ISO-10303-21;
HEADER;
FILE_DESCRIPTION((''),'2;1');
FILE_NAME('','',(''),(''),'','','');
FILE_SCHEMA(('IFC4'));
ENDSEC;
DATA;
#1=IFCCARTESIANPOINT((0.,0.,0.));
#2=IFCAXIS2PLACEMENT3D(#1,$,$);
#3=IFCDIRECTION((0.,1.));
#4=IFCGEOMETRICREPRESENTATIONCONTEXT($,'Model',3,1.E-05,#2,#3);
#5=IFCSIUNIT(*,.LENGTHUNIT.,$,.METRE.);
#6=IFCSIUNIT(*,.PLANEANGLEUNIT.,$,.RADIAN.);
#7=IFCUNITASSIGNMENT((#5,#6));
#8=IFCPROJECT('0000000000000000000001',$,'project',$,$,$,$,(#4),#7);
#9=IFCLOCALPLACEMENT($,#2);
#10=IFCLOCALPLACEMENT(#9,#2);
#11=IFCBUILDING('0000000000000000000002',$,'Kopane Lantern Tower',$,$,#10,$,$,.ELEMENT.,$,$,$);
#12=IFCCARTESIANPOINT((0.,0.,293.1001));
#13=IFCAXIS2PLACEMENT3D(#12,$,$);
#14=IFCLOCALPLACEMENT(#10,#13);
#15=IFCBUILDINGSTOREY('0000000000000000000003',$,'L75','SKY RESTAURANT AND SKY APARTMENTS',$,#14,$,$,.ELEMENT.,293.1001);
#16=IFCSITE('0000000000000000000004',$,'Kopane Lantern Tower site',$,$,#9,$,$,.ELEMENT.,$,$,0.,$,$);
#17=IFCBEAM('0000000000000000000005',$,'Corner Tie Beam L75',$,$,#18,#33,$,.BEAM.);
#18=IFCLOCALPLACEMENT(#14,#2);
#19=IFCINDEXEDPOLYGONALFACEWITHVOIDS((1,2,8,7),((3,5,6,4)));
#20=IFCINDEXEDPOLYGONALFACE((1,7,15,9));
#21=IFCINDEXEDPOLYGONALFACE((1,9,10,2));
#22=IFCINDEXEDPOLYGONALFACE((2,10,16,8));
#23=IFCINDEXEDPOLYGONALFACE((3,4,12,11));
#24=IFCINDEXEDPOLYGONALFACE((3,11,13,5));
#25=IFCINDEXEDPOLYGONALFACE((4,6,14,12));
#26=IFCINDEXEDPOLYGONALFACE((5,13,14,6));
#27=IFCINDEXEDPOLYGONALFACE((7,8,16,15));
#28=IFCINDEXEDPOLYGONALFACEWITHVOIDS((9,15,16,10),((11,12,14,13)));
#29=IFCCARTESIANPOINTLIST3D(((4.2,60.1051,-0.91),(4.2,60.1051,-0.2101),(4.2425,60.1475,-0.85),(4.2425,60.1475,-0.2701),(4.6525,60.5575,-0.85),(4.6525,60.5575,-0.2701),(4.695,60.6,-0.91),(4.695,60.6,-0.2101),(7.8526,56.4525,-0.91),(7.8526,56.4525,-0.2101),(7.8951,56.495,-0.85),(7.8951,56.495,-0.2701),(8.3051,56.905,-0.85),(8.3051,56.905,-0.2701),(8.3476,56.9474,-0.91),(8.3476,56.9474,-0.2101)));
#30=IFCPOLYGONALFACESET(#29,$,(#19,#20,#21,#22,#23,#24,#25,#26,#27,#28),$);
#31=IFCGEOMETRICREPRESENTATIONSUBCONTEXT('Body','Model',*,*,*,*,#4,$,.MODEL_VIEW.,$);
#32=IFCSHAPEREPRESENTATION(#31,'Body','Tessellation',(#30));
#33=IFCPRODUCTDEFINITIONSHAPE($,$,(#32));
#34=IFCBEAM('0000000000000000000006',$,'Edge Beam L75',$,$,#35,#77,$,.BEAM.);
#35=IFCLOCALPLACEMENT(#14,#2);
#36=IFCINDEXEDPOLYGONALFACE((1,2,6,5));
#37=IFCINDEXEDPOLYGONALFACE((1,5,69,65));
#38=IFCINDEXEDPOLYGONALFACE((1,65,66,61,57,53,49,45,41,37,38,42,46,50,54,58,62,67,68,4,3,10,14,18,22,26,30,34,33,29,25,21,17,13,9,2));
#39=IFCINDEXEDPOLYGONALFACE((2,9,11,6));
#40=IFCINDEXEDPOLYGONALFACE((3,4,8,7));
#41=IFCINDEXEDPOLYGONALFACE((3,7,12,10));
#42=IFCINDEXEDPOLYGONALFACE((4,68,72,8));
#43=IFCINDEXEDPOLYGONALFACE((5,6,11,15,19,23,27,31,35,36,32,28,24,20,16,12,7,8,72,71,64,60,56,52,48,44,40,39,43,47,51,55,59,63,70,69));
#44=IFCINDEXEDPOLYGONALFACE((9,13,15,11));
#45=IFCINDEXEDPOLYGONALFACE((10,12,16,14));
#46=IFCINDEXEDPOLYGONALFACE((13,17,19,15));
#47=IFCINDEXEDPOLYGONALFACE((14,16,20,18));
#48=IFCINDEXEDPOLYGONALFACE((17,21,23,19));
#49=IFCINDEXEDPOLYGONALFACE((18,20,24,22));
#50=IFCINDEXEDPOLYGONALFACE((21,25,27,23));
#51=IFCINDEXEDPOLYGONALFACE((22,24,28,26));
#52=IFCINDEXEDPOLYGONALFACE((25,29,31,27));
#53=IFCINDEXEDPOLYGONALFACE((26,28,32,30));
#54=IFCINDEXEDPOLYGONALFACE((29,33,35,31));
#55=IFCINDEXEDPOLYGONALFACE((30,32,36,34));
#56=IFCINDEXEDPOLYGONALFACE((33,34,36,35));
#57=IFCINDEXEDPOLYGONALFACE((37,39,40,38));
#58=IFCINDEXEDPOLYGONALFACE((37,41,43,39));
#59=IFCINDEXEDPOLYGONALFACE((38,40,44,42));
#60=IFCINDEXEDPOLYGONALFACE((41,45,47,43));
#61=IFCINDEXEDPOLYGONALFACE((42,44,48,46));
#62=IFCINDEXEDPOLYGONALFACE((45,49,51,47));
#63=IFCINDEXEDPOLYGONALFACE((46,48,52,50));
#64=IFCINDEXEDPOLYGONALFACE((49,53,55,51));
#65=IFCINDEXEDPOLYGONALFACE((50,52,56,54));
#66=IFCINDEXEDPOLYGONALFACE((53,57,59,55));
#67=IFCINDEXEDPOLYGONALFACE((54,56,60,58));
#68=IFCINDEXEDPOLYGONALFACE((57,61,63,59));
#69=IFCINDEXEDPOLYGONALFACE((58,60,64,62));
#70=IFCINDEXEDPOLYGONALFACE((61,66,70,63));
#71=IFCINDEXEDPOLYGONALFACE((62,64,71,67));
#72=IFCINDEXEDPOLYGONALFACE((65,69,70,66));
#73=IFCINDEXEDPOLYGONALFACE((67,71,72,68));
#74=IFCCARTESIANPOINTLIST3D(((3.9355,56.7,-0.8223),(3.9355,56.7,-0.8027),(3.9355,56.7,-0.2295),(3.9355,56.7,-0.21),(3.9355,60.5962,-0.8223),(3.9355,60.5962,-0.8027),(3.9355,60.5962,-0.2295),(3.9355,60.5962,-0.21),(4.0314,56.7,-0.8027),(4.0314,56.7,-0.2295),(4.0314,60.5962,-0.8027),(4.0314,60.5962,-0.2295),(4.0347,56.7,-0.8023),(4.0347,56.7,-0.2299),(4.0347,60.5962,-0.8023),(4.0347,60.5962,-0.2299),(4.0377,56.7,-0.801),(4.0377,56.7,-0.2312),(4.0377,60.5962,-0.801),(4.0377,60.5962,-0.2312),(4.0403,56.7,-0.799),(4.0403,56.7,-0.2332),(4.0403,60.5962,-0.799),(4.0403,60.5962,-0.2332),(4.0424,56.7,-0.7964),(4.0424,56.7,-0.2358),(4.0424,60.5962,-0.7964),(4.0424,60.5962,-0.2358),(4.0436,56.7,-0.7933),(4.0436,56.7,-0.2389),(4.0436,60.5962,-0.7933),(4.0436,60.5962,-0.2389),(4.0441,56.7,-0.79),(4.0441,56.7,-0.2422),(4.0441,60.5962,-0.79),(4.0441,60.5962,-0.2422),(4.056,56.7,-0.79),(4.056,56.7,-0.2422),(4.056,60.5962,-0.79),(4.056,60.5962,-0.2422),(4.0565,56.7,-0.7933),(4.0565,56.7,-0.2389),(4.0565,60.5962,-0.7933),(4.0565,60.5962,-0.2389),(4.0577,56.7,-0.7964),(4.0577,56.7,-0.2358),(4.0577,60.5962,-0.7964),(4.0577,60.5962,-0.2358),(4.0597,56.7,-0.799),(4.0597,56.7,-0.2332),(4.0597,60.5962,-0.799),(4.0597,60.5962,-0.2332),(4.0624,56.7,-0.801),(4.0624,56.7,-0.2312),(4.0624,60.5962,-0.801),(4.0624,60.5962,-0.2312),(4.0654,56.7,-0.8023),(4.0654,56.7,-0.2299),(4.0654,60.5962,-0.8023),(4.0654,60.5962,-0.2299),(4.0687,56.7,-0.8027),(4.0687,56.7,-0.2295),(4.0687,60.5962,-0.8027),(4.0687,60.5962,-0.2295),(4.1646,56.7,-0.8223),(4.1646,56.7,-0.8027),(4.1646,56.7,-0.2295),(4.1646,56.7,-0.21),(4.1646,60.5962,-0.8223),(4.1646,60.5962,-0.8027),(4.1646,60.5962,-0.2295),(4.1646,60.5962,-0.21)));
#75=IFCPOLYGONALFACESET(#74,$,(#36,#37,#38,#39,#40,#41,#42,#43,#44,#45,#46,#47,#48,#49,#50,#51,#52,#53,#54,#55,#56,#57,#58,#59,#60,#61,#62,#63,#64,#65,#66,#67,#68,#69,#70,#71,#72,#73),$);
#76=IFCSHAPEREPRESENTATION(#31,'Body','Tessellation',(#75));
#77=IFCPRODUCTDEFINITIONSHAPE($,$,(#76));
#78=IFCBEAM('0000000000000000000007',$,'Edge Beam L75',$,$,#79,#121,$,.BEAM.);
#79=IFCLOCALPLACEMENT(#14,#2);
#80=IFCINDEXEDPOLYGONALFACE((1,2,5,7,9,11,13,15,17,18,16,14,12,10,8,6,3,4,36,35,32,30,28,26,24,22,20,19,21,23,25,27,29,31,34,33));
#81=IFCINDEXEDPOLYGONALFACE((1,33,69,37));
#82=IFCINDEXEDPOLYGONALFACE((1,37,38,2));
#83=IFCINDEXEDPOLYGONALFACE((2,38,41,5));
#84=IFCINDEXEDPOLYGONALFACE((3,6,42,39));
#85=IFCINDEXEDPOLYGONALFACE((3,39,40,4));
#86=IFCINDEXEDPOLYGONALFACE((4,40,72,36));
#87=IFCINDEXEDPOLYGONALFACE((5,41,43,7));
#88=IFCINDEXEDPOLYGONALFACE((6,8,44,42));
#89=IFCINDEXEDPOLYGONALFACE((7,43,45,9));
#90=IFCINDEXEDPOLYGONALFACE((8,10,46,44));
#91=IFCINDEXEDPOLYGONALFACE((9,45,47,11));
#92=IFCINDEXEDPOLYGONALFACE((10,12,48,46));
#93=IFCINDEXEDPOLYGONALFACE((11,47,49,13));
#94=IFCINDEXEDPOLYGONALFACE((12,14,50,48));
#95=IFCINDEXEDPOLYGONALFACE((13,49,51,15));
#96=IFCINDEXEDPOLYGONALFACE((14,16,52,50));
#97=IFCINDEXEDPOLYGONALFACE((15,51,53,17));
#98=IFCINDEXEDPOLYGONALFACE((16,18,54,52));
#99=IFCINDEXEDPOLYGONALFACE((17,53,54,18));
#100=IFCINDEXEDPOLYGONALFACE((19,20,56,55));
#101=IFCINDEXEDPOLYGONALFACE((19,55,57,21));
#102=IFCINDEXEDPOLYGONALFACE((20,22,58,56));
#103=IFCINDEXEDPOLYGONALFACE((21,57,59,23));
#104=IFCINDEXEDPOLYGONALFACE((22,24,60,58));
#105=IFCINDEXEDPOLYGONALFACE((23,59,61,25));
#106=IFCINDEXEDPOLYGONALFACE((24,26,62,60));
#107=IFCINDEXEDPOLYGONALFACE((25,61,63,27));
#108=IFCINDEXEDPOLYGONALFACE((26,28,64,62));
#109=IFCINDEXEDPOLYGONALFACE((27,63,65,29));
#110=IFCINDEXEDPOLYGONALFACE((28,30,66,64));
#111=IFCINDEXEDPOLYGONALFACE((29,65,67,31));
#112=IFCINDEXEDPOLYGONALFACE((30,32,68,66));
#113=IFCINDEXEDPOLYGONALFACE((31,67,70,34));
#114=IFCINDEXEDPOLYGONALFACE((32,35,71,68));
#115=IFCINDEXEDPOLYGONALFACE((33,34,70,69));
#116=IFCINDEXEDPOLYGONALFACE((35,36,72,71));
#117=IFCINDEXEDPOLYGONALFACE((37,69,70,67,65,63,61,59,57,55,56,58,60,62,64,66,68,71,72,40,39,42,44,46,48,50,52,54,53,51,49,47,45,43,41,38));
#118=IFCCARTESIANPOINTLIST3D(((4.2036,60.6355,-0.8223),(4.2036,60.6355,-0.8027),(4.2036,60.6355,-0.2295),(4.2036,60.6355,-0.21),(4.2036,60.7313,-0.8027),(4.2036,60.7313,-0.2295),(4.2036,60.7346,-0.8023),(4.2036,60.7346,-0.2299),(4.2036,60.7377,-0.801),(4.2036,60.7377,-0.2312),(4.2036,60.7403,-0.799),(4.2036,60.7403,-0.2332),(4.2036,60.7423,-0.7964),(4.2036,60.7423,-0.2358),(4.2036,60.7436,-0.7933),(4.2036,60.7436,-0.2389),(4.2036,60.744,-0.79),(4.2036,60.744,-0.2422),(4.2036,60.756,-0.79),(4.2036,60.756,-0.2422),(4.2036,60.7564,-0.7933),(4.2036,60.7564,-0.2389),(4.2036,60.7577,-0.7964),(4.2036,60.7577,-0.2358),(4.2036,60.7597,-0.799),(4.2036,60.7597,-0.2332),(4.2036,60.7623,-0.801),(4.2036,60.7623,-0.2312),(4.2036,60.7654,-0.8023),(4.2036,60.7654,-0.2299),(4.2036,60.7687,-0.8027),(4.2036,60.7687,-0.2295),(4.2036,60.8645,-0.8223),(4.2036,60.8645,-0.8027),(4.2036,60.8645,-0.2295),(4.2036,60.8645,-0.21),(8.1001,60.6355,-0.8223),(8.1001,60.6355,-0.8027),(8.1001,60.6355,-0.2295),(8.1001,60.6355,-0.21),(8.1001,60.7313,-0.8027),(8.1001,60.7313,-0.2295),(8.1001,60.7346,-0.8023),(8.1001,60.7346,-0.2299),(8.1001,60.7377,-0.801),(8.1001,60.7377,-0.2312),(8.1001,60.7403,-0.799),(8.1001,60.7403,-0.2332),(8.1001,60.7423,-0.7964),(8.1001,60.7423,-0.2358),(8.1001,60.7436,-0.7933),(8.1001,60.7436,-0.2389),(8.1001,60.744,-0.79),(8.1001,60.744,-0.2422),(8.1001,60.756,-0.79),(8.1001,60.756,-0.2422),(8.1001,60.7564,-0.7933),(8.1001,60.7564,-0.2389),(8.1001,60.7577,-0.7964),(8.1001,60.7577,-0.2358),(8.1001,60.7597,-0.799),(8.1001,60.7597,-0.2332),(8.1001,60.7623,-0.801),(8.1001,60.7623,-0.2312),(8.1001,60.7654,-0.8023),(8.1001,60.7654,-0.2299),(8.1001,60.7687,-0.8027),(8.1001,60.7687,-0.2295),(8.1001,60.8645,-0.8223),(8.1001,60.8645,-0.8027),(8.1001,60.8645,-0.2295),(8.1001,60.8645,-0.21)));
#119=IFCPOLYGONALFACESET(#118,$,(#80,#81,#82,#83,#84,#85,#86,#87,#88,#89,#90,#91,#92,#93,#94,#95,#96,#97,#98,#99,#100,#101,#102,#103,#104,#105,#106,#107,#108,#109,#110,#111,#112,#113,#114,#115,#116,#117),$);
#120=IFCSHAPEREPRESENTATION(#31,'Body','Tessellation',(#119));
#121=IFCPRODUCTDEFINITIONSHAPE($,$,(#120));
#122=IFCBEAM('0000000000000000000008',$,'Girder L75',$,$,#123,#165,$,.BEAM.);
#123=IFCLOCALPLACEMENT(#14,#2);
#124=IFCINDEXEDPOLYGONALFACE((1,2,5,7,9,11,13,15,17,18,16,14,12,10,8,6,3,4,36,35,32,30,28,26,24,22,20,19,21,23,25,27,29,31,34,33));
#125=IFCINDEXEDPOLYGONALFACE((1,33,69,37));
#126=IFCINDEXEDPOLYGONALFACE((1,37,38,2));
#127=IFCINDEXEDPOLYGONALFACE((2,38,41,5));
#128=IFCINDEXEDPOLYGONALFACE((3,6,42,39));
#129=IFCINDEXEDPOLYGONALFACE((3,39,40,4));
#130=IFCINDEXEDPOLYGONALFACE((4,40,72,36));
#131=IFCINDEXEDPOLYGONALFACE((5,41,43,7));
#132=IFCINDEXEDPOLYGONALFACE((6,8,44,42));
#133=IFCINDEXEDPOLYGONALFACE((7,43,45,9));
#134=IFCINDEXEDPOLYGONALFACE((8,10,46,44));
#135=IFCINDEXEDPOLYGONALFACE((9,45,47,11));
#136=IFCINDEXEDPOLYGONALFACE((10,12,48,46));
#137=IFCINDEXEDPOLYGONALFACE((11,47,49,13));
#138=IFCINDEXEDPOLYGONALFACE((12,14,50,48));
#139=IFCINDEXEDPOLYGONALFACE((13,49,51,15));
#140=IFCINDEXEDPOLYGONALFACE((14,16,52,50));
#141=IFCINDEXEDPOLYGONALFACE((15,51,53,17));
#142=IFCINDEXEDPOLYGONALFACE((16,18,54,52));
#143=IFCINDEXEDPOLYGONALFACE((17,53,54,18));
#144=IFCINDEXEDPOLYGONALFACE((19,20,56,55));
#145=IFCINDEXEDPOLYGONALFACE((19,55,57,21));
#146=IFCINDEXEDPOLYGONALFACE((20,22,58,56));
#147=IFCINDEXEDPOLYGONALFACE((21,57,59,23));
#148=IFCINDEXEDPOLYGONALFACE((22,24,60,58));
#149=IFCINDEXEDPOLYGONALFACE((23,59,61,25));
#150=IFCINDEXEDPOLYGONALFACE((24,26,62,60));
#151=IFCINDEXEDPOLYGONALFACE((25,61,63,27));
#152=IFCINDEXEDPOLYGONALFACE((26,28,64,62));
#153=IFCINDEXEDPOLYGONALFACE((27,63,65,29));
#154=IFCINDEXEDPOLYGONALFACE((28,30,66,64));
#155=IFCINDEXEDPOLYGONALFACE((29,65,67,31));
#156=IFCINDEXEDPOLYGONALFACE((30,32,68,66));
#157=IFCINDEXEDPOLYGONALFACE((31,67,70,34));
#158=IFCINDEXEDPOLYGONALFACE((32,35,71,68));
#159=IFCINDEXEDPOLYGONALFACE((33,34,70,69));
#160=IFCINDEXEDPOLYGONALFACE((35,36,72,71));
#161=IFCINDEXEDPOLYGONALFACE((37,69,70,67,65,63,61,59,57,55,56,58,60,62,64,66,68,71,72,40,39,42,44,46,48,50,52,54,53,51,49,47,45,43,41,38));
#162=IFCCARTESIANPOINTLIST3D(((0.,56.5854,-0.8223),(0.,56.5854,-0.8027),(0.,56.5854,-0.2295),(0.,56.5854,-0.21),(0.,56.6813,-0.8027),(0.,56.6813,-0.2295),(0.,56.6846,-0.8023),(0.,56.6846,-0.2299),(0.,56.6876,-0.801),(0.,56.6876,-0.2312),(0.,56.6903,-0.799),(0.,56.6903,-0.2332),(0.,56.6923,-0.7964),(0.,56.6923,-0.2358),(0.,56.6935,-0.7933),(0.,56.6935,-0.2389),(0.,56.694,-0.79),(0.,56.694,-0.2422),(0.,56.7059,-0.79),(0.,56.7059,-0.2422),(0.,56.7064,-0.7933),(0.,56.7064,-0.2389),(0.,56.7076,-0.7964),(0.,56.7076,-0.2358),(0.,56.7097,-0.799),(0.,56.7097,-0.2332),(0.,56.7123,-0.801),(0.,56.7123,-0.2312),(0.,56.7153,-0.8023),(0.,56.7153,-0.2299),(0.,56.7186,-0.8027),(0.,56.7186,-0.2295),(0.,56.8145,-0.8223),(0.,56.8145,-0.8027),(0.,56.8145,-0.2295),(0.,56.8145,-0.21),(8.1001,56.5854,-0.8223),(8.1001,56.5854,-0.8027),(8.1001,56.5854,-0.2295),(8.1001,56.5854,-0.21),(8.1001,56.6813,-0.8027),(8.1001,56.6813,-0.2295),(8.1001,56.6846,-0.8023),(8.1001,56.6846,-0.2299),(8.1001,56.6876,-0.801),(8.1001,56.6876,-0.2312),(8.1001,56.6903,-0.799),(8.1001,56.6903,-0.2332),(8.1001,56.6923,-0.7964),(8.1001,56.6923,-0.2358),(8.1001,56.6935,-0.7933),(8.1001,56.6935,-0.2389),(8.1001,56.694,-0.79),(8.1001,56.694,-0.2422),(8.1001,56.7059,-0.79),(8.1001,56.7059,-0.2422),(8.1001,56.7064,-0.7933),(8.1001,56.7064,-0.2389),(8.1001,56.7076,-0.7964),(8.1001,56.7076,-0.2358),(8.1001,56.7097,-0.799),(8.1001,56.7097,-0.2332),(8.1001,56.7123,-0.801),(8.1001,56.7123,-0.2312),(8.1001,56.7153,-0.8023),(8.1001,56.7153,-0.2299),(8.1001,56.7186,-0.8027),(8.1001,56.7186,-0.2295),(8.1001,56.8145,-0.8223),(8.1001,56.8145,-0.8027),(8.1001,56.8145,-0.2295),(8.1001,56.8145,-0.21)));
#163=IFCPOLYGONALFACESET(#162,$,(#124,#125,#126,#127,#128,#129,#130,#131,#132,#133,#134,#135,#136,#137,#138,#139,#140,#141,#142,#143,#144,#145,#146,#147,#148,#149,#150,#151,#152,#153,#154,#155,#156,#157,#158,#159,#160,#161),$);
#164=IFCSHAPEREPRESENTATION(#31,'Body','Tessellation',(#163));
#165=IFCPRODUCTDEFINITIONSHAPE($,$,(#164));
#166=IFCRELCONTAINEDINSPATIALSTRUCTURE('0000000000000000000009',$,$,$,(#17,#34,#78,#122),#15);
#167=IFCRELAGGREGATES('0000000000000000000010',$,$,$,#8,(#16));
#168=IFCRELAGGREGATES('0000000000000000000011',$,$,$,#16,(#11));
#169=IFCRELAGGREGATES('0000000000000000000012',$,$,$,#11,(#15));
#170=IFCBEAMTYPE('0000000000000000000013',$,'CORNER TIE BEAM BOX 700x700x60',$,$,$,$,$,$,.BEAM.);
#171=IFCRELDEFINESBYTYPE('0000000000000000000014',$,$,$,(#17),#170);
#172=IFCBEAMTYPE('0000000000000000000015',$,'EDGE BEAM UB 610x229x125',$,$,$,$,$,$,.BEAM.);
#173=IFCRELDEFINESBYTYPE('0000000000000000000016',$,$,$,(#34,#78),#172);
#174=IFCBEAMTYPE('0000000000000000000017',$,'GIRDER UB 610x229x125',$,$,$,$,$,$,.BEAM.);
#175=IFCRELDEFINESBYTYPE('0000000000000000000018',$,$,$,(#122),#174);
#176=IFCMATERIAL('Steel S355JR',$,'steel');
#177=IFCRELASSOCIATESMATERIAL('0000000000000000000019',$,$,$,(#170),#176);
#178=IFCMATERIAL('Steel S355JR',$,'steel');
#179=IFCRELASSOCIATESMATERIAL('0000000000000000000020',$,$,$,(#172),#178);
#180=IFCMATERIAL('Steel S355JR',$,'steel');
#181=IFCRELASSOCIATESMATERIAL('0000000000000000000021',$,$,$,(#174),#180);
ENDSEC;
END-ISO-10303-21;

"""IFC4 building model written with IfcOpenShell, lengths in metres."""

from ifc_helpers import new_model, si_unit, direction, frame, origin, origin_2d, place, context, subcontext, project, spatial, hollow_rectangle, i_section, extrude, material, material_profile, profile_set, type_object, element, save


model = new_model("IFC4")

# Units and contexts
model_context = context("Model", 3, precision=1e-05, world=origin(), true_north=direction((0.0, 1.0)))
body_context = subcontext(model_context, "Body", "Model", "MODEL_VIEW")
ifc_project = project(units=[si_unit("LENGTHUNIT", "METRE"), si_unit("PLANEANGLEUNIT", "RADIAN")], contexts=[model_context])

# Site, building, storey
site_placement = place(None, origin())
site = spatial("IfcSite", under=ifc_project, at=site_placement, Name="Kopane Lantern Tower site", CompositionType="ELEMENT", RefElevation=0.0)
building_placement = place(site_placement, origin())
building = spatial("IfcBuilding", under=site, at=building_placement, Name="Kopane Lantern Tower", CompositionType="ELEMENT")
storey_placement = place(building_placement, frame((0.0, 0.0, 293.1001)))
storey = spatial("IfcBuildingStorey", under=building, at=storey_placement, Name="L75", Description="SKY RESTAURANT AND SKY APARTMENTS", CompositionType="ELEMENT", Elevation=293.1001)

# Beams
ifc_material_1 = material(Name="Steel S355JR", Category="steel")
ifc_material_profile_1 = material_profile(ifc_material_1, hollow_rectangle(XDim=0.7, YDim=0.7, WallThickness=0.0601, at=origin_2d()), Name="BOX 700x700x60")
ifc_profile_set_1 = profile_set([ifc_material_profile_1], Name="Steel S355JR")
beam_type_1 = type_object("IfcBeamType", Name="CORNER TIE BEAM BOX 700x700x60", PredefinedType="BEAM", material=ifc_profile_set_1)
beam_1_placement = place(storey_placement, frame((4.4475, 60.3525, -0.5601), z_axis=(0.707107, -0.707107, 0.0), x_axis=(0.707107, 0.707107, 0.0)))
element("IfcBeam", 1, at=beam_1_placement, inside=storey, type_object=beam_type_1, Name="Corner Tie Beam L75", PredefinedType="BEAM", context=body_context, shape_type="SweptSolid", body=[
    extrude(hollow_rectangle(XDim=0.7, YDim=0.7, WallThickness=0.0601, at=origin_2d()), origin(), (0.0, 0.0, 1.0), 5.1655),
])
ifc_material_2 = material(Name="Steel S355JR", Category="steel")
ifc_material_profile_2 = material_profile(ifc_material_2, i_section(OverallWidth=0.229, OverallDepth=0.6123, WebThickness=0.012, FlangeThickness=0.0195, FilletRadius=0.0127, at=origin_2d()), Name="UB 610x229x125")
ifc_profile_set_2 = profile_set([ifc_material_profile_2], Name="Steel S355JR")
beam_type_2 = type_object("IfcBeamType", Name="EDGE BEAM UB 610x229x125", PredefinedType="BEAM", material=ifc_profile_set_2)
beam_2_placement = place(storey_placement, frame((4.05, 60.5962, -0.5161), z_axis=(0.0, -1.0, 0.0), x_axis=(1.0, 0.0, 0.0)))
element("IfcBeam", 2, at=beam_2_placement, inside=storey, type_object=beam_type_2, Name="Edge Beam L75", PredefinedType="BEAM", context=body_context, shape_type="SweptSolid", body=[
    extrude(i_section(OverallWidth=0.229, OverallDepth=0.6123, WebThickness=0.012, FlangeThickness=0.0195, FilletRadius=0.0127, at=origin_2d()), origin(), (0.0, 0.0, 1.0), 3.8962),
])
beam_3_placement = place(storey_placement, frame((4.2036, 60.75, -0.5161), z_axis=(1.0, 0.0, 0.0), x_axis=(0.0, 1.0, 0.0)))
element("IfcBeam", 3, at=beam_3_placement, inside=storey, type_object=beam_type_2, Name="Edge Beam L75", PredefinedType="BEAM", context=body_context, shape_type="SweptSolid", body=[
    extrude(i_section(OverallWidth=0.229, OverallDepth=0.6123, WebThickness=0.012, FlangeThickness=0.0195, FilletRadius=0.0127, at=origin_2d()), origin(), (0.0, 0.0, 1.0), 3.8965),
])
ifc_material_3 = material(Name="Steel S355JR", Category="steel")
ifc_material_profile_3 = material_profile(ifc_material_3, i_section(OverallWidth=0.229, OverallDepth=0.6123, WebThickness=0.012, FlangeThickness=0.0195, FilletRadius=0.0127, at=origin_2d()), Name="UB 610x229x125")
ifc_profile_set_3 = profile_set([ifc_material_profile_3], Name="Steel S355JR")
beam_type_3 = type_object("IfcBeamType", Name="GIRDER UB 610x229x125", PredefinedType="BEAM", material=ifc_profile_set_3)
for number, where, z_axis, x_axis, name in (
    (4, (0.0, 56.7, -0.5161), (1.0, 0.0, 0.0), (0.0, 1.0, 0.0), "Girder L75"),
):
    element("IfcBeam", number, at=place(storey_placement, frame(where, z_axis=z_axis, x_axis=x_axis)), inside=storey, type_object=beam_type_3, Name=name, PredefinedType="BEAM", context=body_context, shape_type="SweptSolid", body=[
        extrude(i_section(OverallWidth=0.229, OverallDepth=0.6123, WebThickness=0.012, FlangeThickness=0.0195, FilletRadius=0.0127, at=origin_2d()), origin(), (0.0, 0.0, 1.0), 8.1001),
    ])

save(model, "model.ifc")
